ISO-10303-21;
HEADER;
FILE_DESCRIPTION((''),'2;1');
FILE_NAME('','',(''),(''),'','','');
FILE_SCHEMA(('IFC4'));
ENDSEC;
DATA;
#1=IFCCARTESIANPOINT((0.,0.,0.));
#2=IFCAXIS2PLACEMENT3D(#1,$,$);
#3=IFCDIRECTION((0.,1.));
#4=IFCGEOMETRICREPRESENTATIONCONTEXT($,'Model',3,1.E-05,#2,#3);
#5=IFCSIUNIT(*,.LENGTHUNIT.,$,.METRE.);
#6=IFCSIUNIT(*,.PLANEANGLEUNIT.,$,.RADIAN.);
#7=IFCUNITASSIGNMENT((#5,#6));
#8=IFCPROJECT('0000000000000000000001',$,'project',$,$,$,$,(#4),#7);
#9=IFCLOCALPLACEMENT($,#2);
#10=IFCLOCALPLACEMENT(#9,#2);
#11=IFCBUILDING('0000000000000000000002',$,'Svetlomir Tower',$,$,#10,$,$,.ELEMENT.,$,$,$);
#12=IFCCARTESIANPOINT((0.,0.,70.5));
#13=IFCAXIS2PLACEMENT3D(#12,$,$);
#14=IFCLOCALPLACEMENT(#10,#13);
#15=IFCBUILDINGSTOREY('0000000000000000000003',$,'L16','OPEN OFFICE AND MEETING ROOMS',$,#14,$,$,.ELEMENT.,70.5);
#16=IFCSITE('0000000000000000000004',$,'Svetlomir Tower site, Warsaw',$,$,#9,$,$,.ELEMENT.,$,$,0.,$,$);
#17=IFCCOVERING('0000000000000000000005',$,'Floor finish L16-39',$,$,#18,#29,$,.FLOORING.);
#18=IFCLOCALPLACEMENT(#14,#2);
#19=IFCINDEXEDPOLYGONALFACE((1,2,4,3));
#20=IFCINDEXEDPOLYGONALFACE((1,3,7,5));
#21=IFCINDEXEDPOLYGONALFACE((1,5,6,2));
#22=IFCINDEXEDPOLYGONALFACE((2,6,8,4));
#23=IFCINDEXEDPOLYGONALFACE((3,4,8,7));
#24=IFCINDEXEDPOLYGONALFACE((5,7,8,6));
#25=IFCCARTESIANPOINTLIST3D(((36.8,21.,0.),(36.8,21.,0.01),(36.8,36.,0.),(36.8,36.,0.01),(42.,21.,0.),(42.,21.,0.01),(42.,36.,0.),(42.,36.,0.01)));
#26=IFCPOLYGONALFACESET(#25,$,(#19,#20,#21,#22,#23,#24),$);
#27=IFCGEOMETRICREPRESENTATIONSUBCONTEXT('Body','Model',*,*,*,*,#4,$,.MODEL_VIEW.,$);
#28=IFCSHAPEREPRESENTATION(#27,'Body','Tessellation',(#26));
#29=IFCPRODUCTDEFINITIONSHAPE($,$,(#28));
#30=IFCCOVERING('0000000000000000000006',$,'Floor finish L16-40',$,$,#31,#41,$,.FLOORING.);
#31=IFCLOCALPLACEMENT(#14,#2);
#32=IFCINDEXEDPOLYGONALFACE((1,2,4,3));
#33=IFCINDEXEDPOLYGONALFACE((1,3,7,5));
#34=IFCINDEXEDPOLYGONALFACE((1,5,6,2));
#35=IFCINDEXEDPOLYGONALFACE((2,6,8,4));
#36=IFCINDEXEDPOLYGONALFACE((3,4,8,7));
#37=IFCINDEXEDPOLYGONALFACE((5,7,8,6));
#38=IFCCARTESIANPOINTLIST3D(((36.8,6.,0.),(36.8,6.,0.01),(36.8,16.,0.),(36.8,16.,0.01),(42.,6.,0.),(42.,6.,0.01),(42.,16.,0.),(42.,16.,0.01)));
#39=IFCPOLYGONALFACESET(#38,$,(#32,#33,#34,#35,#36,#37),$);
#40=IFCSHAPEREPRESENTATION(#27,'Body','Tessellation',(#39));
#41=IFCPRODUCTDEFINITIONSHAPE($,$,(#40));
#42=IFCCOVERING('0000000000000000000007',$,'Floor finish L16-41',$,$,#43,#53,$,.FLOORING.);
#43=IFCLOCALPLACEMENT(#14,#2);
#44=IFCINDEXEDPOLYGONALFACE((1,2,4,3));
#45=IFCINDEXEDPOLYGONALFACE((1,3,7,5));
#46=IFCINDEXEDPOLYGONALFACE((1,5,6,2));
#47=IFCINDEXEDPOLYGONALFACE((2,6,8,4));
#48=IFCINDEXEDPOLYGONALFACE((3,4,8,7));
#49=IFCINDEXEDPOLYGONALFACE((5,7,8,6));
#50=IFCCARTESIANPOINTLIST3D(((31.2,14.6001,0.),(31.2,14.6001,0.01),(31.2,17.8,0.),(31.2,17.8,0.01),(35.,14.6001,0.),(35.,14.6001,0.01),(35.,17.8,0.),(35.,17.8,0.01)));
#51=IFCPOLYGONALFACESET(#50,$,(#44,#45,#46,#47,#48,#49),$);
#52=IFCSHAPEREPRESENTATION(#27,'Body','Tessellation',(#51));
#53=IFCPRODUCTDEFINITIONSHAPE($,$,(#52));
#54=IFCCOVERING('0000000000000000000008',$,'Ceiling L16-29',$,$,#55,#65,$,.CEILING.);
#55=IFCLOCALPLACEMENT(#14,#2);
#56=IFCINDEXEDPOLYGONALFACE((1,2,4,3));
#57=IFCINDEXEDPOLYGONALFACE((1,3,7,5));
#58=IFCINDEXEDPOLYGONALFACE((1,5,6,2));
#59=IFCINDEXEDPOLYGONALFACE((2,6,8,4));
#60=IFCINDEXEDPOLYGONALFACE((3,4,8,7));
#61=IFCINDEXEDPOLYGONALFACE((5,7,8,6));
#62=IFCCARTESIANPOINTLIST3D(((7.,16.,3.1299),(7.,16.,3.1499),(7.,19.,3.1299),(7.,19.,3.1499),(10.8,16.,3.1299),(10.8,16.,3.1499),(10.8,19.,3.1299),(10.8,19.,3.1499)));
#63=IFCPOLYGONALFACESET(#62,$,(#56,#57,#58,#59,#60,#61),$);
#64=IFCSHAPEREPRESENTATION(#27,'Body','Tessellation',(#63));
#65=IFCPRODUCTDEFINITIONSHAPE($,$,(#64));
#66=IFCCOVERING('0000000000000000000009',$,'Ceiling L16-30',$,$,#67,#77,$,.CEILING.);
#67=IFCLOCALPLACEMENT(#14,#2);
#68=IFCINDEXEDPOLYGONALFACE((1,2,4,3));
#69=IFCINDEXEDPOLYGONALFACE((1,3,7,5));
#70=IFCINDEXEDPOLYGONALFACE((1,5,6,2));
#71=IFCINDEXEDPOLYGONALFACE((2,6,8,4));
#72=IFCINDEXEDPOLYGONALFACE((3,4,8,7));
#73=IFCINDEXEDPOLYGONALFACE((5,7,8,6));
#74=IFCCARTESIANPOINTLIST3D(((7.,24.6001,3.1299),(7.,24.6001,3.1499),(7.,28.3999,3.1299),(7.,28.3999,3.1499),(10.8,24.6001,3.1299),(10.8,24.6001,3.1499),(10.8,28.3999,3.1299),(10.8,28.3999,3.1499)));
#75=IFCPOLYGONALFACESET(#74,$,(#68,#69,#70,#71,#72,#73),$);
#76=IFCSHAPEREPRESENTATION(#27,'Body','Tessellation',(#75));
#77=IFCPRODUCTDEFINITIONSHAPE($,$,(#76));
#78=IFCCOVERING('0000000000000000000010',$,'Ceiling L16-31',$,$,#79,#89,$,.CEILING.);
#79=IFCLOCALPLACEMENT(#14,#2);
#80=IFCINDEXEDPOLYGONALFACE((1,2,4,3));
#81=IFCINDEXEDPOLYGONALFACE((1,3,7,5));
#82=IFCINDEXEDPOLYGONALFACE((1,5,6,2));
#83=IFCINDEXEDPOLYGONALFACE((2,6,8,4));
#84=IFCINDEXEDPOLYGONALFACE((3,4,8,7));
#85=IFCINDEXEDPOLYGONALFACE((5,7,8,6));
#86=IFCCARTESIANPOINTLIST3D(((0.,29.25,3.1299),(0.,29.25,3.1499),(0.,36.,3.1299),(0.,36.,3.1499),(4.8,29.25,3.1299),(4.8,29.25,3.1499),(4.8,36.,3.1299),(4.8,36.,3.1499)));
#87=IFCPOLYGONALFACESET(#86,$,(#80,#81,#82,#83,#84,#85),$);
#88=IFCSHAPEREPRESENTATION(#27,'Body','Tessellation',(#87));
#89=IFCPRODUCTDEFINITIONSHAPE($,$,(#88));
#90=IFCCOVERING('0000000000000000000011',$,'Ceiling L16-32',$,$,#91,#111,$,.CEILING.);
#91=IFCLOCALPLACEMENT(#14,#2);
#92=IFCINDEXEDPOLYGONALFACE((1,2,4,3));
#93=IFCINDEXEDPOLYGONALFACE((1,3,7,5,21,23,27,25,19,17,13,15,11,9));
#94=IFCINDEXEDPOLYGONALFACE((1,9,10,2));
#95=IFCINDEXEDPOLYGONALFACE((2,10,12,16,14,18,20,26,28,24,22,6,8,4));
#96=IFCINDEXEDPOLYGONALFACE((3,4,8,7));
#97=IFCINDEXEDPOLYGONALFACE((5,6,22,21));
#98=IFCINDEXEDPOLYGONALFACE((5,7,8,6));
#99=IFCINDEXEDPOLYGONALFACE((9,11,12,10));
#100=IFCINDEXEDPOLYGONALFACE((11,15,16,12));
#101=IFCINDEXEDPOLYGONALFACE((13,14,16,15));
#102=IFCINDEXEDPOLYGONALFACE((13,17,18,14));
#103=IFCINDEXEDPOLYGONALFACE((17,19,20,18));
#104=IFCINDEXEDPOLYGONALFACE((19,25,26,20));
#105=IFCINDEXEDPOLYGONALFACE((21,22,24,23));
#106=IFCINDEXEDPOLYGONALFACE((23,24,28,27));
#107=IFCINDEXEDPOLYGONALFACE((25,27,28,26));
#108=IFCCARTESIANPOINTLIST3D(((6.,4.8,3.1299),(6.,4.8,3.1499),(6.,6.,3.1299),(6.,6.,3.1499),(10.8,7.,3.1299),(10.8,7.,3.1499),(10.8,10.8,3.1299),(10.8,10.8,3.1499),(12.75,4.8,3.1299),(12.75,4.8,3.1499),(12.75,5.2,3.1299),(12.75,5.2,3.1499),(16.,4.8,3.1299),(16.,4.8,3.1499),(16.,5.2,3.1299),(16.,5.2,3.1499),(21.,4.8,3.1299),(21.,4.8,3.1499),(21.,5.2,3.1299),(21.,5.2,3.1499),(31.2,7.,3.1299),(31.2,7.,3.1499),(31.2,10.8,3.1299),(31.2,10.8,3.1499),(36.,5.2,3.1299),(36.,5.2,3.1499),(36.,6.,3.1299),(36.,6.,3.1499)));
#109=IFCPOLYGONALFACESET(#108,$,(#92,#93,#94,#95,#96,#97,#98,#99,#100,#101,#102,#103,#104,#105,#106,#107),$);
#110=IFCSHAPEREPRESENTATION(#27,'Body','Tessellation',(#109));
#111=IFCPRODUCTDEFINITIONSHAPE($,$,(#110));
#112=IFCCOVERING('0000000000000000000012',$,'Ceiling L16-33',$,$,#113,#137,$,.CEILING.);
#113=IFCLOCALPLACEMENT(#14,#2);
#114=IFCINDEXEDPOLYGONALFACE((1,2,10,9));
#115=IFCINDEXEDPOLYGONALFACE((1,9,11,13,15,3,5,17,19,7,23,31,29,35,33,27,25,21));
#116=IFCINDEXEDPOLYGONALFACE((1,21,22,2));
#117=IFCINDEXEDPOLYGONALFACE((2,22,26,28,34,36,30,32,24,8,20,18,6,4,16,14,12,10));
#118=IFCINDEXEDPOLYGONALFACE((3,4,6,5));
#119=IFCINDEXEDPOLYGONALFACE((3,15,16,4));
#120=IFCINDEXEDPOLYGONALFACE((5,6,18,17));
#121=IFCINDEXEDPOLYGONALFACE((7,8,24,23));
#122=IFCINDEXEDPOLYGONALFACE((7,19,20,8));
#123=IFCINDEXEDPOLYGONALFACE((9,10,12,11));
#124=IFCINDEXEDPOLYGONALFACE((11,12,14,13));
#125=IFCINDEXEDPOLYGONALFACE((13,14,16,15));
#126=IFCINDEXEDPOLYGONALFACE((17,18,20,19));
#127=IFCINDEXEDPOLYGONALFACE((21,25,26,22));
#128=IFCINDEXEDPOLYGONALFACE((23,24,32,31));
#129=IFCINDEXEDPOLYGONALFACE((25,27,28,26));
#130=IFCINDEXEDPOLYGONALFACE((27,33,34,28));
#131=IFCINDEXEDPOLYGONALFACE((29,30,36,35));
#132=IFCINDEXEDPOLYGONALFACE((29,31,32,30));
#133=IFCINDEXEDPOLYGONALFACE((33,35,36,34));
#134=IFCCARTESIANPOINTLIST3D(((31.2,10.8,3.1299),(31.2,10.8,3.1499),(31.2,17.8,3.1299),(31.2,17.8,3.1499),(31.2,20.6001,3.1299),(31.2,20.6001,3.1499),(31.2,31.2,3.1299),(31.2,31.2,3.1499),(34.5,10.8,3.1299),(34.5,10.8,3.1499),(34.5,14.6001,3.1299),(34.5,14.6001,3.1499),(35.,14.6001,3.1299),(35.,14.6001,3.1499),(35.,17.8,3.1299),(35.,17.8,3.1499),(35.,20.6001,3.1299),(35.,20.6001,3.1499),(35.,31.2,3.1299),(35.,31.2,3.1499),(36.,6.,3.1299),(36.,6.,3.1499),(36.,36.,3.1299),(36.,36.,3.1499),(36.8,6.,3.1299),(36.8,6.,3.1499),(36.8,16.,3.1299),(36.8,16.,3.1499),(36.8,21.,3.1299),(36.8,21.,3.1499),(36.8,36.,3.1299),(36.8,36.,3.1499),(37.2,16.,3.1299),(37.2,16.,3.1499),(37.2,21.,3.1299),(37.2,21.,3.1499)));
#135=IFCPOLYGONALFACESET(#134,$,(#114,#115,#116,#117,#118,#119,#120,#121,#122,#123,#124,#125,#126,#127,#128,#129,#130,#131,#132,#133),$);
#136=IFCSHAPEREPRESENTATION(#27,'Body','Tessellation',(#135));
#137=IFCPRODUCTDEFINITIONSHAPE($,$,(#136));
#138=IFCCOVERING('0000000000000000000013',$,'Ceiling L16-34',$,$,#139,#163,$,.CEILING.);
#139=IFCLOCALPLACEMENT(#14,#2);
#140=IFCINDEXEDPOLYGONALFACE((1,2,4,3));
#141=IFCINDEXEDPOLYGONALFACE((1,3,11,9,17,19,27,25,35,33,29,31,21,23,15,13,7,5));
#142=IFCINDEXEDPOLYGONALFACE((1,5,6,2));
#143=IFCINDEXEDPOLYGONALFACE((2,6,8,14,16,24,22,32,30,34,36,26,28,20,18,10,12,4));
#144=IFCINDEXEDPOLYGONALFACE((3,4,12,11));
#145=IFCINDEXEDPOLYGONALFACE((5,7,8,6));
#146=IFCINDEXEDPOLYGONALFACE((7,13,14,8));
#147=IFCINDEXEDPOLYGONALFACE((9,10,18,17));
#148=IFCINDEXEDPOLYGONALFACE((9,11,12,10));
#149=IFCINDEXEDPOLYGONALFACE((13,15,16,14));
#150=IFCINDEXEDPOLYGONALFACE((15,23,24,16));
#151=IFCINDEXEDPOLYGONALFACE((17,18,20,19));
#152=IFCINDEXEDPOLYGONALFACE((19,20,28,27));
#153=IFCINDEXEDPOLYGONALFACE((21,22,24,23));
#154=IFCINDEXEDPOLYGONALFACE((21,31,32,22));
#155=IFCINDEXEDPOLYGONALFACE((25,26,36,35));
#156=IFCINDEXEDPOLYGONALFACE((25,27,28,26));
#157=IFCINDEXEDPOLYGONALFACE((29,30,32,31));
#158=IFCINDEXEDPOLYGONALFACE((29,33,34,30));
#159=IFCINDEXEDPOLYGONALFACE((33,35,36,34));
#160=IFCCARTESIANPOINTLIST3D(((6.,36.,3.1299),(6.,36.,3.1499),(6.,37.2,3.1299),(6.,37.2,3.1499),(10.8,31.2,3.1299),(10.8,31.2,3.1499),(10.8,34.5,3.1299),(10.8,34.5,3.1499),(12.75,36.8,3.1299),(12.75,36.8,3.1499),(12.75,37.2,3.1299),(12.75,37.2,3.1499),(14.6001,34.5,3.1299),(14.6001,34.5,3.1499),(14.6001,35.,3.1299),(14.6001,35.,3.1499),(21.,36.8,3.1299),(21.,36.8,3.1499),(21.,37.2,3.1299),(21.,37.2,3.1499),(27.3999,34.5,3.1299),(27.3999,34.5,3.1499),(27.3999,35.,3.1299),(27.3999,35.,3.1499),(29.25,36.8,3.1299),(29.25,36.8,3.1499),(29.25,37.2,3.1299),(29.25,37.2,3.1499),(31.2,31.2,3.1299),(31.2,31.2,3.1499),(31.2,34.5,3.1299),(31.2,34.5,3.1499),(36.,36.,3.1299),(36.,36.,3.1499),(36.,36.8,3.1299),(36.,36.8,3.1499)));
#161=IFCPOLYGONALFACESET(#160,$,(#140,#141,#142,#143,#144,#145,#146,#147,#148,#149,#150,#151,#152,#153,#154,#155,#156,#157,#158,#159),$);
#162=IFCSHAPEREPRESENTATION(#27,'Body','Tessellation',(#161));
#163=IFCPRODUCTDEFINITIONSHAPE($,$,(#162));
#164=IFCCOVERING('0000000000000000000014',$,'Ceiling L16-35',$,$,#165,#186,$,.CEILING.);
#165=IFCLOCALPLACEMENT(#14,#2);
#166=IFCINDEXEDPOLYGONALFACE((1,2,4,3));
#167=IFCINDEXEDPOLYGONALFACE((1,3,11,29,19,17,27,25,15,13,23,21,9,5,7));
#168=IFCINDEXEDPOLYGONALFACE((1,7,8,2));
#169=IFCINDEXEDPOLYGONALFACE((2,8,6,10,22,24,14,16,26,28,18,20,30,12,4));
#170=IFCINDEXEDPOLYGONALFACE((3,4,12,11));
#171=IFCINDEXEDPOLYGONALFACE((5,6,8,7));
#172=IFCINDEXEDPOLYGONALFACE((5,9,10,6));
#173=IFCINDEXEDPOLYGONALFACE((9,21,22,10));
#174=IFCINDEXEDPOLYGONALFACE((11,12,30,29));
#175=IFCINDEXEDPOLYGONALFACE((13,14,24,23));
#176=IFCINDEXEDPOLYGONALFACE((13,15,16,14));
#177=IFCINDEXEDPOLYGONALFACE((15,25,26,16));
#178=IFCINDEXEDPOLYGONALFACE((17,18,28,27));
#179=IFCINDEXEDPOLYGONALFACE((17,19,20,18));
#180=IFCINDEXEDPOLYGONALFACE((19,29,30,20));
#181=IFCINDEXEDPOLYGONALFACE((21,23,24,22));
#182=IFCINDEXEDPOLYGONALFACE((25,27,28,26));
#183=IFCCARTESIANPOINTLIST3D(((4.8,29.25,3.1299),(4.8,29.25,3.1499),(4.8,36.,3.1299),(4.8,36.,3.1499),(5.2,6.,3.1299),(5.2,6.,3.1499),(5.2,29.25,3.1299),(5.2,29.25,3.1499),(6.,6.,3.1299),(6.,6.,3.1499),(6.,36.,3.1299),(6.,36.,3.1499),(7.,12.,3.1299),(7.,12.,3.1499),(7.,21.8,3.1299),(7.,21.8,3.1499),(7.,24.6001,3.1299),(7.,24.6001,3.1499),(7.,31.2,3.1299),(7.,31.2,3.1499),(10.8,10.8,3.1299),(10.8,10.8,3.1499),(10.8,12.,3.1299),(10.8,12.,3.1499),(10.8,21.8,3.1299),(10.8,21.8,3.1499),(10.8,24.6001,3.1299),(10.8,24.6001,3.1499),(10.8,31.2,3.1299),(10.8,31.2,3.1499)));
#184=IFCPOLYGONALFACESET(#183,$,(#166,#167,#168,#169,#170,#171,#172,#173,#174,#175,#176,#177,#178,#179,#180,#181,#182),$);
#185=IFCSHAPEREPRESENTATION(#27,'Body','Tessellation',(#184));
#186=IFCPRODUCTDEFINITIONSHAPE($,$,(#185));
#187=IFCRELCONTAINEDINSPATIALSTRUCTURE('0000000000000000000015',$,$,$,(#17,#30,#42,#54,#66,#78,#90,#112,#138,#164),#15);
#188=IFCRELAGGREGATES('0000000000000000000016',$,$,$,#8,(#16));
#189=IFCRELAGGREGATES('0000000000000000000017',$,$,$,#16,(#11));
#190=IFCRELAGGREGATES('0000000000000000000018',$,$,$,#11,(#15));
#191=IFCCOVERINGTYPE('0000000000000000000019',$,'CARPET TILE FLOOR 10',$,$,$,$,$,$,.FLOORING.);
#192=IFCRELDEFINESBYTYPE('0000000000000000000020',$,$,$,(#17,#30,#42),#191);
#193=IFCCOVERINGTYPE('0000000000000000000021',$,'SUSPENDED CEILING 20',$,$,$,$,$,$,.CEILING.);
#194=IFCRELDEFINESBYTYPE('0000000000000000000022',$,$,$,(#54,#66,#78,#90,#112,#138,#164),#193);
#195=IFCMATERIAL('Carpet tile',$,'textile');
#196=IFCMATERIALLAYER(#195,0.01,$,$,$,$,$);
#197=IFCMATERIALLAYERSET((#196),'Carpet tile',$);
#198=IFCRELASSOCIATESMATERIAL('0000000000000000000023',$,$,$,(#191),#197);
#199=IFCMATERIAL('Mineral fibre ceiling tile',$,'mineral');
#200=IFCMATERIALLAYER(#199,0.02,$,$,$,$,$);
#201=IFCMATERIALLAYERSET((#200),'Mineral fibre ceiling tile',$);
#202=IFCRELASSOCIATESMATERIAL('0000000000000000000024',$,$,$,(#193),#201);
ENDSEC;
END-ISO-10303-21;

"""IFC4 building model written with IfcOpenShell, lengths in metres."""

from ifc_helpers import new_model, si_unit, direction, frame, origin, place, context, subcontext, project, spatial, polyline, outline, extrude, material, layer, layer_set, type_object, element, save


model = new_model("IFC4")

# Units and contexts
model_context = context("Model", 3, precision=1e-05, world=origin(), true_north=direction((0.0, 1.0)))
body_context = subcontext(model_context, "Body", "Model", "MODEL_VIEW")
ifc_project = project(units=[si_unit("LENGTHUNIT", "METRE"), si_unit("PLANEANGLEUNIT", "RADIAN")], contexts=[model_context])

# Site, building, storey
site_placement = place(None, origin())
site = spatial("IfcSite", under=ifc_project, at=site_placement, Name="Svetlomir Tower site, Warsaw", CompositionType="ELEMENT", RefElevation=0.0)
building_placement = place(site_placement, origin())
building = spatial("IfcBuilding", under=site, at=building_placement, Name="Svetlomir Tower", CompositionType="ELEMENT")
storey_placement = place(building_placement, frame((0.0, 0.0, 70.5)))
storey = spatial("IfcBuildingStorey", under=building, at=storey_placement, Name="L16", Description="OPEN OFFICE AND MEETING ROOMS", CompositionType="ELEMENT", Elevation=70.5)

# Coverings
ifc_material_1 = material(Name="Carpet tile", Category="textile")
ifc_layer_1 = layer(ifc_material_1, 0.01)
ifc_layer_set_1 = layer_set([ifc_layer_1], Name="Carpet tile")
covering_type_1 = type_object("IfcCoveringType", Name="CARPET TILE FLOOR 10", PredefinedType="FLOORING", material=ifc_layer_set_1)
covering_1_placement = place(storey_placement, origin())
element("IfcCovering", 1, at=covering_1_placement, inside=storey, type_object=covering_type_1, Name="Floor finish L16-39", PredefinedType="FLOORING", context=body_context, shape_type="SweptSolid", body=[
    extrude(outline(polyline([(42.0, 21.0), (36.8, 21.0), (36.8, 36.0), (42.0, 36.0), (42.0, 21.0)])), origin(), (0.0, 0.0, 1.0), 0.01),
])
covering_2_placement = place(storey_placement, origin())
element("IfcCovering", 2, at=covering_2_placement, inside=storey, type_object=covering_type_1, Name="Floor finish L16-40", PredefinedType="FLOORING", context=body_context, shape_type="SweptSolid", body=[
    extrude(outline(polyline([(42.0, 6.0), (36.8, 6.0), (36.8, 16.0), (42.0, 16.0), (42.0, 6.0)])), origin(), (0.0, 0.0, 1.0), 0.01),
])
covering_3_placement = place(storey_placement, origin())
element("IfcCovering", 3, at=covering_3_placement, inside=storey, type_object=covering_type_1, Name="Floor finish L16-41", PredefinedType="FLOORING", context=body_context, shape_type="SweptSolid", body=[
    extrude(outline(polyline([(31.2, 14.6001), (31.2, 17.8), (35.0, 17.8), (35.0, 14.6001), (31.2, 14.6001)])), origin(), (0.0, 0.0, 1.0), 0.01),
])
ifc_material_2 = material(Name="Mineral fibre ceiling tile", Category="mineral")
ifc_layer_2 = layer(ifc_material_2, 0.02)
ifc_layer_set_2 = layer_set([ifc_layer_2], Name="Mineral fibre ceiling tile")
covering_type_2 = type_object("IfcCoveringType", Name="SUSPENDED CEILING 20", PredefinedType="CEILING", material=ifc_layer_set_2)
covering_4_placement = place(storey_placement, frame((0.0, 0.0, 3.1299)))
element("IfcCovering", 4, at=covering_4_placement, inside=storey, type_object=covering_type_2, Name="Ceiling L16-29", PredefinedType="CEILING", context=body_context, shape_type="SweptSolid", body=[
    extrude(outline(polyline([(7.0, 16.0), (10.8, 16.0), (10.8, 19.0), (7.0, 19.0), (7.0, 16.0)])), origin(), (0.0, 0.0, 1.0), 0.02),
])
covering_5_placement = place(storey_placement, frame((0.0, 0.0, 3.1299)))
element("IfcCovering", 5, at=covering_5_placement, inside=storey, type_object=covering_type_2, Name="Ceiling L16-30", PredefinedType="CEILING", context=body_context, shape_type="SweptSolid", body=[
    extrude(outline(polyline([(7.0, 24.6001), (10.8, 24.6001), (10.8, 28.3999), (7.0, 28.3999), (7.0, 24.6001)])), origin(), (0.0, 0.0, 1.0), 0.02),
])
covering_6_placement = place(storey_placement, frame((0.0, 0.0, 3.1299)))
element("IfcCovering", 6, at=covering_6_placement, inside=storey, type_object=covering_type_2, Name="Ceiling L16-31", PredefinedType="CEILING", context=body_context, shape_type="SweptSolid", body=[
    extrude(outline(polyline([(0.0, 29.25), (4.8, 29.25), (4.8, 36.0), (0.0, 36.0), (0.0, 29.25)])), origin(), (0.0, 0.0, 1.0), 0.02),
])
covering_7_placement = place(storey_placement, frame((0.0, 0.0, 3.1299)))
element("IfcCovering", 7, at=covering_7_placement, inside=storey, type_object=covering_type_2, Name="Ceiling L16-32", PredefinedType="CEILING", context=body_context, shape_type="SweptSolid", body=[
    extrude(outline(polyline([(6.0, 4.8), (6.0, 6.0), (10.8, 10.8), (10.8, 7.0), (31.2, 7.0), (31.2, 10.8), (36.0, 6.0), (36.0, 5.2), (21.0, 5.2), (21.0, 4.8), (16.0, 4.8), (16.0, 5.2), (12.75, 5.2), (12.75, 4.8), (6.0, 4.8)])), origin(), (0.0, 0.0, 1.0), 0.02),
])
covering_8_placement = place(storey_placement, frame((0.0, 0.0, 3.1299)))
element("IfcCovering", 8, at=covering_8_placement, inside=storey, type_object=covering_type_2, Name="Ceiling L16-33", PredefinedType="CEILING", context=body_context, shape_type="SweptSolid", body=[
    extrude(outline(polyline([(31.2, 20.6001), (35.0, 20.6001), (35.0, 31.2), (31.2, 31.2), (36.0, 36.0), (36.8, 36.0), (36.8, 21.0), (37.2, 21.0), (37.2, 16.0), (36.8, 16.0), (36.8, 6.0), (36.0, 6.0), (31.2, 10.8), (34.5, 10.8), (34.5, 14.6001), (35.0, 14.6001), (35.0, 17.8), (31.2, 17.8), (31.2, 20.6001)])), origin(), (0.0, 0.0, 1.0), 0.02),
])
covering_9_placement = place(storey_placement, frame((0.0, 0.0, 3.1299)))
element("IfcCovering", 9, at=covering_9_placement, inside=storey, type_object=covering_type_2, Name="Ceiling L16-34", PredefinedType="CEILING", context=body_context, shape_type="SweptSolid", body=[
    extrude(outline(polyline([(6.0, 37.2), (12.75, 37.2), (12.75, 36.8), (21.0, 36.8), (21.0, 37.2), (29.25, 37.2), (29.25, 36.8), (36.0, 36.8), (36.0, 36.0), (31.2, 31.2), (31.2, 34.5), (27.3999, 34.5), (27.3999, 35.0), (14.6001, 35.0), (14.6001, 34.5), (10.8, 34.5), (10.8, 31.2), (6.0, 36.0), (6.0, 37.2)])), origin(), (0.0, 0.0, 1.0), 0.02),
])
covering_10_placement = place(storey_placement, frame((0.0, 0.0, 3.1299)))
element("IfcCovering", 10, at=covering_10_placement, inside=storey, type_object=covering_type_2, Name="Ceiling L16-35", PredefinedType="CEILING", context=body_context, shape_type="SweptSolid", body=[
    extrude(outline(polyline([(5.2, 6.0), (5.2, 29.25), (4.8, 29.25), (4.8, 36.0), (6.0, 36.0), (10.8, 31.2), (7.0, 31.2), (7.0, 24.6001), (10.8, 24.6001), (10.8, 21.8), (7.0, 21.8), (7.0, 12.0), (10.8, 12.0), (10.8, 10.8), (6.0, 6.0), (5.2, 6.0)])), origin(), (0.0, 0.0, 1.0), 0.02),
])

save(model, "model.ifc")
